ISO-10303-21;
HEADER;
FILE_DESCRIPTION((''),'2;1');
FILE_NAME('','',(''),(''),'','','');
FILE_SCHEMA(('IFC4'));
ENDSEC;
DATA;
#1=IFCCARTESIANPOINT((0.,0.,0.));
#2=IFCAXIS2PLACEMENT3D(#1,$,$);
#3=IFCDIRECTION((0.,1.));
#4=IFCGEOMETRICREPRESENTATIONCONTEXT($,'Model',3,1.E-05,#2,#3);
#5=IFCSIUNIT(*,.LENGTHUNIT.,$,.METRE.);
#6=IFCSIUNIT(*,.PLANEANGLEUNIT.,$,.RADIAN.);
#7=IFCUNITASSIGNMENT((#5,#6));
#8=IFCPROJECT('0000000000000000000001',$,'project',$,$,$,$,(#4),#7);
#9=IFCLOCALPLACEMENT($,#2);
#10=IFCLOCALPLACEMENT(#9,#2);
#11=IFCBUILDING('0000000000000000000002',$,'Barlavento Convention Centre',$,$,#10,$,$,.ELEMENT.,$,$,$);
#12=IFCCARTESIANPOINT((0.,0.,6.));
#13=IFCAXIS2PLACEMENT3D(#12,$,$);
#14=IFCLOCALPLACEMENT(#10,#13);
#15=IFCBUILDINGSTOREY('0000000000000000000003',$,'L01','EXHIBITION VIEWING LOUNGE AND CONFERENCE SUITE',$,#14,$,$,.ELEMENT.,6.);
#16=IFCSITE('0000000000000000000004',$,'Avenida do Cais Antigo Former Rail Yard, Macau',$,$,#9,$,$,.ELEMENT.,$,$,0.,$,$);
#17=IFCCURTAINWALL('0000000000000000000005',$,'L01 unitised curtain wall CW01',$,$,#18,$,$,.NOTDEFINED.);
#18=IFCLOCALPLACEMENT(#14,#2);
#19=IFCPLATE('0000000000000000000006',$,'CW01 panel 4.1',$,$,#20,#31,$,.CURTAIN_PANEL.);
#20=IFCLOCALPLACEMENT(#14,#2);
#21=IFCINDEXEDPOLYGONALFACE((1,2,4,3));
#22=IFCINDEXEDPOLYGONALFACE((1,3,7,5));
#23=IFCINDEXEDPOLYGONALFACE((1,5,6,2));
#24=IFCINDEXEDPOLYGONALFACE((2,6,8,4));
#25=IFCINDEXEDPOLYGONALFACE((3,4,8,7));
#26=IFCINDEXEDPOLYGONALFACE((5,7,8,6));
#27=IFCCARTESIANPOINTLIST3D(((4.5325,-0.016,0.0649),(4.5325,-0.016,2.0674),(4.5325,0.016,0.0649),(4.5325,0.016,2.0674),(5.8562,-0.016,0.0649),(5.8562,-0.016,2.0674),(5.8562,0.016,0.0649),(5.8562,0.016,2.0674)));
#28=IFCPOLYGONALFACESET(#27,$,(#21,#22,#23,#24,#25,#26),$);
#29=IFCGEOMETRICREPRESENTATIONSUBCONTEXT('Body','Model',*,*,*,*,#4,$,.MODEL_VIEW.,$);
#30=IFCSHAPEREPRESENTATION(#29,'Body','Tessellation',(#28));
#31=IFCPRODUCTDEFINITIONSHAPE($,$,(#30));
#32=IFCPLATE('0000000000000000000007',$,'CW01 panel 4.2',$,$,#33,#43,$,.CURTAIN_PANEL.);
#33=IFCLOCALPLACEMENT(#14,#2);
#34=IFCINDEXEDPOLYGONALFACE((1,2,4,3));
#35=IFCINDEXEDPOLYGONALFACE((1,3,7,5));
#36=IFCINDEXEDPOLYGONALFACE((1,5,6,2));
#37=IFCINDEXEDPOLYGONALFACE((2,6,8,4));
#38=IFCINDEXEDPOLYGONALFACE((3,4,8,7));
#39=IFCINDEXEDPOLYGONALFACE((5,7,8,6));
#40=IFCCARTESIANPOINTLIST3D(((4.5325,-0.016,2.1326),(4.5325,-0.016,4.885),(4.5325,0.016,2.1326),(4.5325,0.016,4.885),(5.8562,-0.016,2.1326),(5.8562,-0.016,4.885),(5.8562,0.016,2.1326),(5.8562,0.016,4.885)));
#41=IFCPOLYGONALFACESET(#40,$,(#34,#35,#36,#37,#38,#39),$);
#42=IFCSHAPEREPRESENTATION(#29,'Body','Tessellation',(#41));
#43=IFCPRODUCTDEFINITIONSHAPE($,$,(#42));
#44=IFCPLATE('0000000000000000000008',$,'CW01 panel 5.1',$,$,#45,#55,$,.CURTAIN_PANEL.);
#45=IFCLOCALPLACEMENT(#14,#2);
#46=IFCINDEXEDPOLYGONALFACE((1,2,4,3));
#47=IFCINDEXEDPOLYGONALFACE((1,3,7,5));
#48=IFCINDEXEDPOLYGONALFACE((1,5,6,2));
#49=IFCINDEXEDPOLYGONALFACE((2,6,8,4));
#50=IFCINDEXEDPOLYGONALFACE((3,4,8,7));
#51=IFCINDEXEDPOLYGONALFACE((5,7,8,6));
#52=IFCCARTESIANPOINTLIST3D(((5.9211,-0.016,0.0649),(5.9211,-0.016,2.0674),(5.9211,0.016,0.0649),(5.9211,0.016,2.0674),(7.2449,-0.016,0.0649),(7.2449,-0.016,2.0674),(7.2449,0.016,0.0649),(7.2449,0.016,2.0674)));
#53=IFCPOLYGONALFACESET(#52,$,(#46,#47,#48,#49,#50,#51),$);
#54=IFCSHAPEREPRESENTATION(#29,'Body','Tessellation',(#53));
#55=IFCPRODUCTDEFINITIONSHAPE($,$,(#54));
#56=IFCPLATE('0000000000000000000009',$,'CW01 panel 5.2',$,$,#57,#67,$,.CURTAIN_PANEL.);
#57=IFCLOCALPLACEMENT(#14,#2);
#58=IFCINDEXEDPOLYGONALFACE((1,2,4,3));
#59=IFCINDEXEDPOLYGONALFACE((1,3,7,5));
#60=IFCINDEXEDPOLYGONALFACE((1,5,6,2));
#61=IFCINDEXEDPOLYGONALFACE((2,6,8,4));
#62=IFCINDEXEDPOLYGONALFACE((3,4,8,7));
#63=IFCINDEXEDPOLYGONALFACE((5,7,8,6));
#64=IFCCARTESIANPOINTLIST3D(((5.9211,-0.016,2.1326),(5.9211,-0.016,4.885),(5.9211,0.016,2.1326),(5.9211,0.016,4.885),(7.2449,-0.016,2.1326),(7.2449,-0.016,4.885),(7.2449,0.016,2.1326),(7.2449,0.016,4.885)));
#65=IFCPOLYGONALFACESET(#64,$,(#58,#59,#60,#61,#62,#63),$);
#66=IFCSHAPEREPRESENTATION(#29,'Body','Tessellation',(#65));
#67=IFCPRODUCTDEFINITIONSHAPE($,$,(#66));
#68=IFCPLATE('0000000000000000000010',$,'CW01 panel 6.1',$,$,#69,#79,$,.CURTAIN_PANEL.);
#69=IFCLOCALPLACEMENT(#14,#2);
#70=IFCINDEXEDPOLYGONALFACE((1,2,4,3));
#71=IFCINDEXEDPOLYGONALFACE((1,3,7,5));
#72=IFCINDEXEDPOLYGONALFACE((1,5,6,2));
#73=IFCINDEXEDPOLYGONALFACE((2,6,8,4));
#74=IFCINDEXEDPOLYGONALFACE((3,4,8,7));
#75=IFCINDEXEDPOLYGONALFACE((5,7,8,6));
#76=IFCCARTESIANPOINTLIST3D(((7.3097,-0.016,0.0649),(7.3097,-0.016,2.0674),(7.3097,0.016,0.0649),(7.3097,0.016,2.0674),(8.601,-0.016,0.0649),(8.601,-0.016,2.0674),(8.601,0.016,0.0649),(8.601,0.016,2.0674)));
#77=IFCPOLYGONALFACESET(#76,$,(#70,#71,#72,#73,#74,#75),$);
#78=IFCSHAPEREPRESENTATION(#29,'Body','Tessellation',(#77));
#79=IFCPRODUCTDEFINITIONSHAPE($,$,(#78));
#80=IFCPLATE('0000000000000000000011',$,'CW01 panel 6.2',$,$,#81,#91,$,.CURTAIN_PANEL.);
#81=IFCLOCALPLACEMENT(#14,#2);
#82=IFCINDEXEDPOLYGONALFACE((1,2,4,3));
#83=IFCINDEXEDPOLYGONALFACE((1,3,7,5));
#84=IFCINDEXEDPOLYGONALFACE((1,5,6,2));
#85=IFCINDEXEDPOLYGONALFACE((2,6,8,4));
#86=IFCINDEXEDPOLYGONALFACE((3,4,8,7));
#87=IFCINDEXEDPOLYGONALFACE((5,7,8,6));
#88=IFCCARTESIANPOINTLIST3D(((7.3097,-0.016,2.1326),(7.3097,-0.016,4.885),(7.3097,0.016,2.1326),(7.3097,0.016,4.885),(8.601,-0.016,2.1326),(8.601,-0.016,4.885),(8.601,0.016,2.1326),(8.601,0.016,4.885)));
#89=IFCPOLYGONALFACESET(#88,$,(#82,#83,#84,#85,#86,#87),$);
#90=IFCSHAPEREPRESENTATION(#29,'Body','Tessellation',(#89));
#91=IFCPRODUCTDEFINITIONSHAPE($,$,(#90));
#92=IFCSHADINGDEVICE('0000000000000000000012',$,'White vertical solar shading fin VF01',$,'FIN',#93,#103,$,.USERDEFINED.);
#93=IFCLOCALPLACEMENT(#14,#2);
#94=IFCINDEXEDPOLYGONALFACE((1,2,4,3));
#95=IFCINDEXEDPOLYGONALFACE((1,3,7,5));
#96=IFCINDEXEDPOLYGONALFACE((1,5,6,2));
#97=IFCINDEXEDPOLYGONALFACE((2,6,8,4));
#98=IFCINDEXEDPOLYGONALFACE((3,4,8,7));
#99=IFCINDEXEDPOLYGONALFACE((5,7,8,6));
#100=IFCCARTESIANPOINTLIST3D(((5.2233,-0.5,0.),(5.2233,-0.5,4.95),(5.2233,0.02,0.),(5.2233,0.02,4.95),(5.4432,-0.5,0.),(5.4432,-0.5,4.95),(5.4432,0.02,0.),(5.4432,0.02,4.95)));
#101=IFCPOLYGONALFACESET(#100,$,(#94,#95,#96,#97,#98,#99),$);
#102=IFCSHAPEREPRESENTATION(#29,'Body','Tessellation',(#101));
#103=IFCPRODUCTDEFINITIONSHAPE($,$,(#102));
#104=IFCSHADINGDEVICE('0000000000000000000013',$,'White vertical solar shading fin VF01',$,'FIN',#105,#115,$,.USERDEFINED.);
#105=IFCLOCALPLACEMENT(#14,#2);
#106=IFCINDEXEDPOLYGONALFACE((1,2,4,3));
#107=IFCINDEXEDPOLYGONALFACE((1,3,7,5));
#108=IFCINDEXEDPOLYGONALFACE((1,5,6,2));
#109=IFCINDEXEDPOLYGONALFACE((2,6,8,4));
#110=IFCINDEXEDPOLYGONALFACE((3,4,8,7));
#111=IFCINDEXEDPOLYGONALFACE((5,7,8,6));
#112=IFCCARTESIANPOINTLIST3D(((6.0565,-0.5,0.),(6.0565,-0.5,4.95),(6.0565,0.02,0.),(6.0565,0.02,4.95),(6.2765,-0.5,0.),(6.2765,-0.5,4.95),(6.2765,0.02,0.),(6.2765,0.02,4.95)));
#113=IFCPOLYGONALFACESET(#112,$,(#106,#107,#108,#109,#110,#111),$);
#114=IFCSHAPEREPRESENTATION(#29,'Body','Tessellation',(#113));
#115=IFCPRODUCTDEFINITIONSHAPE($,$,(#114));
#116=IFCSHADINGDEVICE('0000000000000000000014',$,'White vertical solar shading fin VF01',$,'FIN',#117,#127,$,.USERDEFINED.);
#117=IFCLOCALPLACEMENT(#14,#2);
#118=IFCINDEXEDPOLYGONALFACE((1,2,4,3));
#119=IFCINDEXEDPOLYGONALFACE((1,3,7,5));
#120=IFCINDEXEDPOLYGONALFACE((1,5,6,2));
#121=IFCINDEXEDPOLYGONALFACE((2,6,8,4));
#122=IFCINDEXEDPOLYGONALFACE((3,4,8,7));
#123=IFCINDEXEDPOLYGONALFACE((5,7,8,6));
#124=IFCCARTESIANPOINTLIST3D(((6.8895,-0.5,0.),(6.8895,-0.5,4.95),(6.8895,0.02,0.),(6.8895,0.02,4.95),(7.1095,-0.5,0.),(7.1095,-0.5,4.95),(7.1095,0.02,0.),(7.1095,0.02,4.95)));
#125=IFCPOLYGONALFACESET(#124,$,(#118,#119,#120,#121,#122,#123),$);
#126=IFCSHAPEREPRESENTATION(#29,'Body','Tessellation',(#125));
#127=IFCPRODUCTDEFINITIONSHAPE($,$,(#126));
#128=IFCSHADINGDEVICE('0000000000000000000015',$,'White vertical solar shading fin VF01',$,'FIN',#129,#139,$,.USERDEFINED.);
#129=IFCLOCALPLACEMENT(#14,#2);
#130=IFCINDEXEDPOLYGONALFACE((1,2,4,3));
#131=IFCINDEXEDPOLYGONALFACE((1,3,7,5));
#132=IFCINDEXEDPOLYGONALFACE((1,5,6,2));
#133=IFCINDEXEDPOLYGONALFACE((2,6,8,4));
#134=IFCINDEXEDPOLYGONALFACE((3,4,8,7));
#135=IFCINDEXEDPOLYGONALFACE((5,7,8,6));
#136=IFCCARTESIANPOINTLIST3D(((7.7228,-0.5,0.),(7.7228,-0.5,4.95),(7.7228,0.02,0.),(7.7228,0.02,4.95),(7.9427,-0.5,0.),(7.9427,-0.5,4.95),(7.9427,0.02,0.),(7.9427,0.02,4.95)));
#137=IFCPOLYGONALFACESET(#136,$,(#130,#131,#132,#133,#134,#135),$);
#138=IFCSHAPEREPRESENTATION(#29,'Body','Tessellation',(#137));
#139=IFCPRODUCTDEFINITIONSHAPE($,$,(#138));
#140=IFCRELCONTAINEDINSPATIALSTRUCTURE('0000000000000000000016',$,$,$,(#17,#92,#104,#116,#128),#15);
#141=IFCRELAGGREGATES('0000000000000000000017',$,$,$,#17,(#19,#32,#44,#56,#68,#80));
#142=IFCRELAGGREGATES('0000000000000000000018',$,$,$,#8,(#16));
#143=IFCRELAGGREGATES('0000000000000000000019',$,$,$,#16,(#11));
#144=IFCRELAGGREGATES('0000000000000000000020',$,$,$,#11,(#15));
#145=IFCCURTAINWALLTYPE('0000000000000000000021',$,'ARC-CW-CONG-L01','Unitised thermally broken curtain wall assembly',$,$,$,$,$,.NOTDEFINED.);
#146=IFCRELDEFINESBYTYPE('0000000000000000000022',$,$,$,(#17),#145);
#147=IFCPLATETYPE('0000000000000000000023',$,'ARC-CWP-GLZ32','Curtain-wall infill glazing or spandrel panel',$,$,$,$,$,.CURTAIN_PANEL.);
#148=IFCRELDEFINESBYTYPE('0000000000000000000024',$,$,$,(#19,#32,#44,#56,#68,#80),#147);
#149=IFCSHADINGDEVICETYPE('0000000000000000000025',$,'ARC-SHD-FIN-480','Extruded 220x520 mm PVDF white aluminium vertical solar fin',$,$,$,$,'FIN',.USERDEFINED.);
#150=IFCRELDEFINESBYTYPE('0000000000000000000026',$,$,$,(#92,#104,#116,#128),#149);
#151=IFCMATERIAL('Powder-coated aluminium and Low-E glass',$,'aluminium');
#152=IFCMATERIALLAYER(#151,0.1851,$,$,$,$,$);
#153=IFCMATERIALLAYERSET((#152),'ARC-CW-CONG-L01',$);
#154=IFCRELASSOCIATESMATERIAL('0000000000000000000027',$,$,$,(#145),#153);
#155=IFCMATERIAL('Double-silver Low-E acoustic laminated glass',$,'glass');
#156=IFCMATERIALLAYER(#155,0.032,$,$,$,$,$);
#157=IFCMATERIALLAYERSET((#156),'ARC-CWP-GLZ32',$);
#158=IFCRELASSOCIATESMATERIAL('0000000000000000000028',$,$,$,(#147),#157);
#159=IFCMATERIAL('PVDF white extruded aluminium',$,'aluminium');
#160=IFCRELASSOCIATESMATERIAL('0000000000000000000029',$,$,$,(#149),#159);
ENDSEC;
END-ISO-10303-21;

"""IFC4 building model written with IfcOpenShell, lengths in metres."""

from ifc_helpers import new_model, si_unit, direction, frame, origin, origin_2d, place, context, subcontext, project, spatial, rectangle, extrude, material, layer, layer_set, type_object, element, aggregate, save


model = new_model("IFC4")

# Units and contexts
model_context = context("Model", 3, precision=1e-05, world=origin(), true_north=direction((0.0, 1.0)))
body_context = subcontext(model_context, "Body", "Model", "MODEL_VIEW")
ifc_project = project(units=[si_unit("LENGTHUNIT", "METRE"), si_unit("PLANEANGLEUNIT", "RADIAN")], contexts=[model_context])

# Site, building, storey
site_placement = place(None, origin())
site = spatial("IfcSite", under=ifc_project, at=site_placement, Name="Avenida do Cais Antigo Former Rail Yard, Macau", CompositionType="ELEMENT", RefElevation=0.0)
building_placement = place(site_placement, origin())
building = spatial("IfcBuilding", under=site, at=building_placement, Name="Barlavento Convention Centre", CompositionType="ELEMENT")
storey_placement = place(building_placement, frame((0.0, 0.0, 6.0)))
storey = spatial("IfcBuildingStorey", under=building, at=storey_placement, Name="L01", Description="EXHIBITION VIEWING LOUNGE AND CONFERENCE SUITE", CompositionType="ELEMENT", Elevation=6.0)

# Curtain wall, plates
ifc_material_1 = material(Name="Powder-coated aluminium and Low-E glass", Category="aluminium")
ifc_layer_1 = layer(ifc_material_1, 0.1851)
ifc_layer_set_1 = layer_set([ifc_layer_1], Name="ARC-CW-CONG-L01")
curtain_wall_type = type_object("IfcCurtainWallType", Name="ARC-CW-CONG-L01", Description="Unitised thermally broken curtain wall assembly", PredefinedType="NOTDEFINED", material=ifc_layer_set_1)
curtain_wall_placement = place(storey_placement, origin())
curtain_wall = element("IfcCurtainWall", 1, at=curtain_wall_placement, inside=storey, type_object=curtain_wall_type, Name="L01 unitised curtain wall CW01", PredefinedType="NOTDEFINED")
ifc_material_2 = material(Name="Double-silver Low-E acoustic laminated glass", Category="glass")
ifc_layer_2 = layer(ifc_material_2, 0.032)
ifc_layer_set_2 = layer_set([ifc_layer_2], Name="ARC-CWP-GLZ32")
plate_type = type_object("IfcPlateType", Name="ARC-CWP-GLZ32", Description="Curtain-wall infill glazing or spandrel panel", PredefinedType="CURTAIN_PANEL", material=ifc_layer_set_2)
plate_1_placement = place(storey_placement, frame((5.1943, 0.0, 0.0649), z_axis=(0.0, 0.0, 1.0), x_axis=(1.0, 0.0, 0.0)))
plate_1 = element("IfcPlate", 2, at=plate_1_placement, type_object=plate_type, Name="CW01 panel 4.1", PredefinedType="CURTAIN_PANEL", context=body_context, shape_type="SweptSolid", body=[
    extrude(rectangle(XDim=1.3237, YDim=0.032, at=origin_2d()), origin(), (0.0, 0.0, 1.0), 2.0024),
])
plate_2_placement = place(storey_placement, frame((5.1943, 0.0, 2.1326), z_axis=(0.0, 0.0, 1.0), x_axis=(1.0, 0.0, 0.0)))
plate_2 = element("IfcPlate", 3, at=plate_2_placement, type_object=plate_type, Name="CW01 panel 4.2", PredefinedType="CURTAIN_PANEL", context=body_context, shape_type="SweptSolid", body=[
    extrude(rectangle(XDim=1.3237, YDim=0.032, at=origin_2d()), origin(), (0.0, 0.0, 1.0), 2.7524),
])
plate_3_placement = place(storey_placement, frame((6.583, 0.0, 0.0649), z_axis=(0.0, 0.0, 1.0), x_axis=(1.0, 0.0, 0.0)))
plate_3 = element("IfcPlate", 4, at=plate_3_placement, type_object=plate_type, Name="CW01 panel 5.1", PredefinedType="CURTAIN_PANEL", context=body_context, shape_type="SweptSolid", body=[
    extrude(rectangle(XDim=1.3237, YDim=0.032, at=origin_2d()), origin(), (0.0, 0.0, 1.0), 2.0024),
])
plate_4_placement = place(storey_placement, frame((6.583, 0.0, 2.1326), z_axis=(0.0, 0.0, 1.0), x_axis=(1.0, 0.0, 0.0)))
plate_4 = element("IfcPlate", 5, at=plate_4_placement, type_object=plate_type, Name="CW01 panel 5.2", PredefinedType="CURTAIN_PANEL", context=body_context, shape_type="SweptSolid", body=[
    extrude(rectangle(XDim=1.3237, YDim=0.032, at=origin_2d()), origin(), (0.0, 0.0, 1.0), 2.7524),
])
plate_5_placement = place(storey_placement, frame((7.9553, 0.0, 0.0649), z_axis=(0.0, 0.0, 1.0), x_axis=(1.0, 0.0, 0.0)))
plate_5 = element("IfcPlate", 6, at=plate_5_placement, type_object=plate_type, Name="CW01 panel 6.1", PredefinedType="CURTAIN_PANEL", context=body_context, shape_type="SweptSolid", body=[
    extrude(rectangle(XDim=1.2913, YDim=0.032, at=origin_2d()), origin(), (0.0, 0.0, 1.0), 2.0024),
])
plate_6_placement = place(storey_placement, frame((7.9553, 0.0, 2.1326), z_axis=(0.0, 0.0, 1.0), x_axis=(1.0, 0.0, 0.0)))
plate_6 = element("IfcPlate", 7, at=plate_6_placement, type_object=plate_type, Name="CW01 panel 6.2", PredefinedType="CURTAIN_PANEL", context=body_context, shape_type="SweptSolid", body=[
    extrude(rectangle(XDim=1.2913, YDim=0.032, at=origin_2d()), origin(), (0.0, 0.0, 1.0), 2.7524),
])
aggregate(curtain_wall, [plate_1, plate_2, plate_3, plate_4, plate_5, plate_6])

# Shading devices
ifc_material_3 = material(Name="PVDF white extruded aluminium", Category="aluminium")
shading_device_type = type_object("IfcShadingDeviceType", Name="ARC-SHD-FIN-480", Description="Extruded 220x520 mm PVDF white aluminium vertical solar fin", ElementType="FIN", PredefinedType="USERDEFINED", material=ifc_material_3)
for number, where, z_axis, x_axis, name in (
    (8, (5.3333, -0.24, 0.0), (0.0, 0.0, 1.0), (1.0, 0.0, 0.0), "White vertical solar shading fin VF01"),
    (9, (6.1665, -0.24, 0.0), (0.0, 0.0, 1.0), (1.0, 0.0, 0.0), "White vertical solar shading fin VF01"),
    (10, (6.9995, -0.24, 0.0), (0.0, 0.0, 1.0), (1.0, 0.0, 0.0), "White vertical solar shading fin VF01"),
    (11, (7.8328, -0.24, 0.0), (0.0, 0.0, 1.0), (1.0, 0.0, 0.0), "White vertical solar shading fin VF01"),
):
    element("IfcShadingDevice", number, at=place(storey_placement, frame(where, z_axis=z_axis, x_axis=x_axis)), inside=storey, type_object=shading_device_type, Name=name, ObjectType="FIN", PredefinedType="USERDEFINED", context=body_context, shape_type="SweptSolid", body=[
        extrude(rectangle(XDim=0.22, YDim=0.52, at=origin_2d()), origin(), (0.0, 0.0, 1.0), 4.95),
    ])

save(model, "model.ifc")
